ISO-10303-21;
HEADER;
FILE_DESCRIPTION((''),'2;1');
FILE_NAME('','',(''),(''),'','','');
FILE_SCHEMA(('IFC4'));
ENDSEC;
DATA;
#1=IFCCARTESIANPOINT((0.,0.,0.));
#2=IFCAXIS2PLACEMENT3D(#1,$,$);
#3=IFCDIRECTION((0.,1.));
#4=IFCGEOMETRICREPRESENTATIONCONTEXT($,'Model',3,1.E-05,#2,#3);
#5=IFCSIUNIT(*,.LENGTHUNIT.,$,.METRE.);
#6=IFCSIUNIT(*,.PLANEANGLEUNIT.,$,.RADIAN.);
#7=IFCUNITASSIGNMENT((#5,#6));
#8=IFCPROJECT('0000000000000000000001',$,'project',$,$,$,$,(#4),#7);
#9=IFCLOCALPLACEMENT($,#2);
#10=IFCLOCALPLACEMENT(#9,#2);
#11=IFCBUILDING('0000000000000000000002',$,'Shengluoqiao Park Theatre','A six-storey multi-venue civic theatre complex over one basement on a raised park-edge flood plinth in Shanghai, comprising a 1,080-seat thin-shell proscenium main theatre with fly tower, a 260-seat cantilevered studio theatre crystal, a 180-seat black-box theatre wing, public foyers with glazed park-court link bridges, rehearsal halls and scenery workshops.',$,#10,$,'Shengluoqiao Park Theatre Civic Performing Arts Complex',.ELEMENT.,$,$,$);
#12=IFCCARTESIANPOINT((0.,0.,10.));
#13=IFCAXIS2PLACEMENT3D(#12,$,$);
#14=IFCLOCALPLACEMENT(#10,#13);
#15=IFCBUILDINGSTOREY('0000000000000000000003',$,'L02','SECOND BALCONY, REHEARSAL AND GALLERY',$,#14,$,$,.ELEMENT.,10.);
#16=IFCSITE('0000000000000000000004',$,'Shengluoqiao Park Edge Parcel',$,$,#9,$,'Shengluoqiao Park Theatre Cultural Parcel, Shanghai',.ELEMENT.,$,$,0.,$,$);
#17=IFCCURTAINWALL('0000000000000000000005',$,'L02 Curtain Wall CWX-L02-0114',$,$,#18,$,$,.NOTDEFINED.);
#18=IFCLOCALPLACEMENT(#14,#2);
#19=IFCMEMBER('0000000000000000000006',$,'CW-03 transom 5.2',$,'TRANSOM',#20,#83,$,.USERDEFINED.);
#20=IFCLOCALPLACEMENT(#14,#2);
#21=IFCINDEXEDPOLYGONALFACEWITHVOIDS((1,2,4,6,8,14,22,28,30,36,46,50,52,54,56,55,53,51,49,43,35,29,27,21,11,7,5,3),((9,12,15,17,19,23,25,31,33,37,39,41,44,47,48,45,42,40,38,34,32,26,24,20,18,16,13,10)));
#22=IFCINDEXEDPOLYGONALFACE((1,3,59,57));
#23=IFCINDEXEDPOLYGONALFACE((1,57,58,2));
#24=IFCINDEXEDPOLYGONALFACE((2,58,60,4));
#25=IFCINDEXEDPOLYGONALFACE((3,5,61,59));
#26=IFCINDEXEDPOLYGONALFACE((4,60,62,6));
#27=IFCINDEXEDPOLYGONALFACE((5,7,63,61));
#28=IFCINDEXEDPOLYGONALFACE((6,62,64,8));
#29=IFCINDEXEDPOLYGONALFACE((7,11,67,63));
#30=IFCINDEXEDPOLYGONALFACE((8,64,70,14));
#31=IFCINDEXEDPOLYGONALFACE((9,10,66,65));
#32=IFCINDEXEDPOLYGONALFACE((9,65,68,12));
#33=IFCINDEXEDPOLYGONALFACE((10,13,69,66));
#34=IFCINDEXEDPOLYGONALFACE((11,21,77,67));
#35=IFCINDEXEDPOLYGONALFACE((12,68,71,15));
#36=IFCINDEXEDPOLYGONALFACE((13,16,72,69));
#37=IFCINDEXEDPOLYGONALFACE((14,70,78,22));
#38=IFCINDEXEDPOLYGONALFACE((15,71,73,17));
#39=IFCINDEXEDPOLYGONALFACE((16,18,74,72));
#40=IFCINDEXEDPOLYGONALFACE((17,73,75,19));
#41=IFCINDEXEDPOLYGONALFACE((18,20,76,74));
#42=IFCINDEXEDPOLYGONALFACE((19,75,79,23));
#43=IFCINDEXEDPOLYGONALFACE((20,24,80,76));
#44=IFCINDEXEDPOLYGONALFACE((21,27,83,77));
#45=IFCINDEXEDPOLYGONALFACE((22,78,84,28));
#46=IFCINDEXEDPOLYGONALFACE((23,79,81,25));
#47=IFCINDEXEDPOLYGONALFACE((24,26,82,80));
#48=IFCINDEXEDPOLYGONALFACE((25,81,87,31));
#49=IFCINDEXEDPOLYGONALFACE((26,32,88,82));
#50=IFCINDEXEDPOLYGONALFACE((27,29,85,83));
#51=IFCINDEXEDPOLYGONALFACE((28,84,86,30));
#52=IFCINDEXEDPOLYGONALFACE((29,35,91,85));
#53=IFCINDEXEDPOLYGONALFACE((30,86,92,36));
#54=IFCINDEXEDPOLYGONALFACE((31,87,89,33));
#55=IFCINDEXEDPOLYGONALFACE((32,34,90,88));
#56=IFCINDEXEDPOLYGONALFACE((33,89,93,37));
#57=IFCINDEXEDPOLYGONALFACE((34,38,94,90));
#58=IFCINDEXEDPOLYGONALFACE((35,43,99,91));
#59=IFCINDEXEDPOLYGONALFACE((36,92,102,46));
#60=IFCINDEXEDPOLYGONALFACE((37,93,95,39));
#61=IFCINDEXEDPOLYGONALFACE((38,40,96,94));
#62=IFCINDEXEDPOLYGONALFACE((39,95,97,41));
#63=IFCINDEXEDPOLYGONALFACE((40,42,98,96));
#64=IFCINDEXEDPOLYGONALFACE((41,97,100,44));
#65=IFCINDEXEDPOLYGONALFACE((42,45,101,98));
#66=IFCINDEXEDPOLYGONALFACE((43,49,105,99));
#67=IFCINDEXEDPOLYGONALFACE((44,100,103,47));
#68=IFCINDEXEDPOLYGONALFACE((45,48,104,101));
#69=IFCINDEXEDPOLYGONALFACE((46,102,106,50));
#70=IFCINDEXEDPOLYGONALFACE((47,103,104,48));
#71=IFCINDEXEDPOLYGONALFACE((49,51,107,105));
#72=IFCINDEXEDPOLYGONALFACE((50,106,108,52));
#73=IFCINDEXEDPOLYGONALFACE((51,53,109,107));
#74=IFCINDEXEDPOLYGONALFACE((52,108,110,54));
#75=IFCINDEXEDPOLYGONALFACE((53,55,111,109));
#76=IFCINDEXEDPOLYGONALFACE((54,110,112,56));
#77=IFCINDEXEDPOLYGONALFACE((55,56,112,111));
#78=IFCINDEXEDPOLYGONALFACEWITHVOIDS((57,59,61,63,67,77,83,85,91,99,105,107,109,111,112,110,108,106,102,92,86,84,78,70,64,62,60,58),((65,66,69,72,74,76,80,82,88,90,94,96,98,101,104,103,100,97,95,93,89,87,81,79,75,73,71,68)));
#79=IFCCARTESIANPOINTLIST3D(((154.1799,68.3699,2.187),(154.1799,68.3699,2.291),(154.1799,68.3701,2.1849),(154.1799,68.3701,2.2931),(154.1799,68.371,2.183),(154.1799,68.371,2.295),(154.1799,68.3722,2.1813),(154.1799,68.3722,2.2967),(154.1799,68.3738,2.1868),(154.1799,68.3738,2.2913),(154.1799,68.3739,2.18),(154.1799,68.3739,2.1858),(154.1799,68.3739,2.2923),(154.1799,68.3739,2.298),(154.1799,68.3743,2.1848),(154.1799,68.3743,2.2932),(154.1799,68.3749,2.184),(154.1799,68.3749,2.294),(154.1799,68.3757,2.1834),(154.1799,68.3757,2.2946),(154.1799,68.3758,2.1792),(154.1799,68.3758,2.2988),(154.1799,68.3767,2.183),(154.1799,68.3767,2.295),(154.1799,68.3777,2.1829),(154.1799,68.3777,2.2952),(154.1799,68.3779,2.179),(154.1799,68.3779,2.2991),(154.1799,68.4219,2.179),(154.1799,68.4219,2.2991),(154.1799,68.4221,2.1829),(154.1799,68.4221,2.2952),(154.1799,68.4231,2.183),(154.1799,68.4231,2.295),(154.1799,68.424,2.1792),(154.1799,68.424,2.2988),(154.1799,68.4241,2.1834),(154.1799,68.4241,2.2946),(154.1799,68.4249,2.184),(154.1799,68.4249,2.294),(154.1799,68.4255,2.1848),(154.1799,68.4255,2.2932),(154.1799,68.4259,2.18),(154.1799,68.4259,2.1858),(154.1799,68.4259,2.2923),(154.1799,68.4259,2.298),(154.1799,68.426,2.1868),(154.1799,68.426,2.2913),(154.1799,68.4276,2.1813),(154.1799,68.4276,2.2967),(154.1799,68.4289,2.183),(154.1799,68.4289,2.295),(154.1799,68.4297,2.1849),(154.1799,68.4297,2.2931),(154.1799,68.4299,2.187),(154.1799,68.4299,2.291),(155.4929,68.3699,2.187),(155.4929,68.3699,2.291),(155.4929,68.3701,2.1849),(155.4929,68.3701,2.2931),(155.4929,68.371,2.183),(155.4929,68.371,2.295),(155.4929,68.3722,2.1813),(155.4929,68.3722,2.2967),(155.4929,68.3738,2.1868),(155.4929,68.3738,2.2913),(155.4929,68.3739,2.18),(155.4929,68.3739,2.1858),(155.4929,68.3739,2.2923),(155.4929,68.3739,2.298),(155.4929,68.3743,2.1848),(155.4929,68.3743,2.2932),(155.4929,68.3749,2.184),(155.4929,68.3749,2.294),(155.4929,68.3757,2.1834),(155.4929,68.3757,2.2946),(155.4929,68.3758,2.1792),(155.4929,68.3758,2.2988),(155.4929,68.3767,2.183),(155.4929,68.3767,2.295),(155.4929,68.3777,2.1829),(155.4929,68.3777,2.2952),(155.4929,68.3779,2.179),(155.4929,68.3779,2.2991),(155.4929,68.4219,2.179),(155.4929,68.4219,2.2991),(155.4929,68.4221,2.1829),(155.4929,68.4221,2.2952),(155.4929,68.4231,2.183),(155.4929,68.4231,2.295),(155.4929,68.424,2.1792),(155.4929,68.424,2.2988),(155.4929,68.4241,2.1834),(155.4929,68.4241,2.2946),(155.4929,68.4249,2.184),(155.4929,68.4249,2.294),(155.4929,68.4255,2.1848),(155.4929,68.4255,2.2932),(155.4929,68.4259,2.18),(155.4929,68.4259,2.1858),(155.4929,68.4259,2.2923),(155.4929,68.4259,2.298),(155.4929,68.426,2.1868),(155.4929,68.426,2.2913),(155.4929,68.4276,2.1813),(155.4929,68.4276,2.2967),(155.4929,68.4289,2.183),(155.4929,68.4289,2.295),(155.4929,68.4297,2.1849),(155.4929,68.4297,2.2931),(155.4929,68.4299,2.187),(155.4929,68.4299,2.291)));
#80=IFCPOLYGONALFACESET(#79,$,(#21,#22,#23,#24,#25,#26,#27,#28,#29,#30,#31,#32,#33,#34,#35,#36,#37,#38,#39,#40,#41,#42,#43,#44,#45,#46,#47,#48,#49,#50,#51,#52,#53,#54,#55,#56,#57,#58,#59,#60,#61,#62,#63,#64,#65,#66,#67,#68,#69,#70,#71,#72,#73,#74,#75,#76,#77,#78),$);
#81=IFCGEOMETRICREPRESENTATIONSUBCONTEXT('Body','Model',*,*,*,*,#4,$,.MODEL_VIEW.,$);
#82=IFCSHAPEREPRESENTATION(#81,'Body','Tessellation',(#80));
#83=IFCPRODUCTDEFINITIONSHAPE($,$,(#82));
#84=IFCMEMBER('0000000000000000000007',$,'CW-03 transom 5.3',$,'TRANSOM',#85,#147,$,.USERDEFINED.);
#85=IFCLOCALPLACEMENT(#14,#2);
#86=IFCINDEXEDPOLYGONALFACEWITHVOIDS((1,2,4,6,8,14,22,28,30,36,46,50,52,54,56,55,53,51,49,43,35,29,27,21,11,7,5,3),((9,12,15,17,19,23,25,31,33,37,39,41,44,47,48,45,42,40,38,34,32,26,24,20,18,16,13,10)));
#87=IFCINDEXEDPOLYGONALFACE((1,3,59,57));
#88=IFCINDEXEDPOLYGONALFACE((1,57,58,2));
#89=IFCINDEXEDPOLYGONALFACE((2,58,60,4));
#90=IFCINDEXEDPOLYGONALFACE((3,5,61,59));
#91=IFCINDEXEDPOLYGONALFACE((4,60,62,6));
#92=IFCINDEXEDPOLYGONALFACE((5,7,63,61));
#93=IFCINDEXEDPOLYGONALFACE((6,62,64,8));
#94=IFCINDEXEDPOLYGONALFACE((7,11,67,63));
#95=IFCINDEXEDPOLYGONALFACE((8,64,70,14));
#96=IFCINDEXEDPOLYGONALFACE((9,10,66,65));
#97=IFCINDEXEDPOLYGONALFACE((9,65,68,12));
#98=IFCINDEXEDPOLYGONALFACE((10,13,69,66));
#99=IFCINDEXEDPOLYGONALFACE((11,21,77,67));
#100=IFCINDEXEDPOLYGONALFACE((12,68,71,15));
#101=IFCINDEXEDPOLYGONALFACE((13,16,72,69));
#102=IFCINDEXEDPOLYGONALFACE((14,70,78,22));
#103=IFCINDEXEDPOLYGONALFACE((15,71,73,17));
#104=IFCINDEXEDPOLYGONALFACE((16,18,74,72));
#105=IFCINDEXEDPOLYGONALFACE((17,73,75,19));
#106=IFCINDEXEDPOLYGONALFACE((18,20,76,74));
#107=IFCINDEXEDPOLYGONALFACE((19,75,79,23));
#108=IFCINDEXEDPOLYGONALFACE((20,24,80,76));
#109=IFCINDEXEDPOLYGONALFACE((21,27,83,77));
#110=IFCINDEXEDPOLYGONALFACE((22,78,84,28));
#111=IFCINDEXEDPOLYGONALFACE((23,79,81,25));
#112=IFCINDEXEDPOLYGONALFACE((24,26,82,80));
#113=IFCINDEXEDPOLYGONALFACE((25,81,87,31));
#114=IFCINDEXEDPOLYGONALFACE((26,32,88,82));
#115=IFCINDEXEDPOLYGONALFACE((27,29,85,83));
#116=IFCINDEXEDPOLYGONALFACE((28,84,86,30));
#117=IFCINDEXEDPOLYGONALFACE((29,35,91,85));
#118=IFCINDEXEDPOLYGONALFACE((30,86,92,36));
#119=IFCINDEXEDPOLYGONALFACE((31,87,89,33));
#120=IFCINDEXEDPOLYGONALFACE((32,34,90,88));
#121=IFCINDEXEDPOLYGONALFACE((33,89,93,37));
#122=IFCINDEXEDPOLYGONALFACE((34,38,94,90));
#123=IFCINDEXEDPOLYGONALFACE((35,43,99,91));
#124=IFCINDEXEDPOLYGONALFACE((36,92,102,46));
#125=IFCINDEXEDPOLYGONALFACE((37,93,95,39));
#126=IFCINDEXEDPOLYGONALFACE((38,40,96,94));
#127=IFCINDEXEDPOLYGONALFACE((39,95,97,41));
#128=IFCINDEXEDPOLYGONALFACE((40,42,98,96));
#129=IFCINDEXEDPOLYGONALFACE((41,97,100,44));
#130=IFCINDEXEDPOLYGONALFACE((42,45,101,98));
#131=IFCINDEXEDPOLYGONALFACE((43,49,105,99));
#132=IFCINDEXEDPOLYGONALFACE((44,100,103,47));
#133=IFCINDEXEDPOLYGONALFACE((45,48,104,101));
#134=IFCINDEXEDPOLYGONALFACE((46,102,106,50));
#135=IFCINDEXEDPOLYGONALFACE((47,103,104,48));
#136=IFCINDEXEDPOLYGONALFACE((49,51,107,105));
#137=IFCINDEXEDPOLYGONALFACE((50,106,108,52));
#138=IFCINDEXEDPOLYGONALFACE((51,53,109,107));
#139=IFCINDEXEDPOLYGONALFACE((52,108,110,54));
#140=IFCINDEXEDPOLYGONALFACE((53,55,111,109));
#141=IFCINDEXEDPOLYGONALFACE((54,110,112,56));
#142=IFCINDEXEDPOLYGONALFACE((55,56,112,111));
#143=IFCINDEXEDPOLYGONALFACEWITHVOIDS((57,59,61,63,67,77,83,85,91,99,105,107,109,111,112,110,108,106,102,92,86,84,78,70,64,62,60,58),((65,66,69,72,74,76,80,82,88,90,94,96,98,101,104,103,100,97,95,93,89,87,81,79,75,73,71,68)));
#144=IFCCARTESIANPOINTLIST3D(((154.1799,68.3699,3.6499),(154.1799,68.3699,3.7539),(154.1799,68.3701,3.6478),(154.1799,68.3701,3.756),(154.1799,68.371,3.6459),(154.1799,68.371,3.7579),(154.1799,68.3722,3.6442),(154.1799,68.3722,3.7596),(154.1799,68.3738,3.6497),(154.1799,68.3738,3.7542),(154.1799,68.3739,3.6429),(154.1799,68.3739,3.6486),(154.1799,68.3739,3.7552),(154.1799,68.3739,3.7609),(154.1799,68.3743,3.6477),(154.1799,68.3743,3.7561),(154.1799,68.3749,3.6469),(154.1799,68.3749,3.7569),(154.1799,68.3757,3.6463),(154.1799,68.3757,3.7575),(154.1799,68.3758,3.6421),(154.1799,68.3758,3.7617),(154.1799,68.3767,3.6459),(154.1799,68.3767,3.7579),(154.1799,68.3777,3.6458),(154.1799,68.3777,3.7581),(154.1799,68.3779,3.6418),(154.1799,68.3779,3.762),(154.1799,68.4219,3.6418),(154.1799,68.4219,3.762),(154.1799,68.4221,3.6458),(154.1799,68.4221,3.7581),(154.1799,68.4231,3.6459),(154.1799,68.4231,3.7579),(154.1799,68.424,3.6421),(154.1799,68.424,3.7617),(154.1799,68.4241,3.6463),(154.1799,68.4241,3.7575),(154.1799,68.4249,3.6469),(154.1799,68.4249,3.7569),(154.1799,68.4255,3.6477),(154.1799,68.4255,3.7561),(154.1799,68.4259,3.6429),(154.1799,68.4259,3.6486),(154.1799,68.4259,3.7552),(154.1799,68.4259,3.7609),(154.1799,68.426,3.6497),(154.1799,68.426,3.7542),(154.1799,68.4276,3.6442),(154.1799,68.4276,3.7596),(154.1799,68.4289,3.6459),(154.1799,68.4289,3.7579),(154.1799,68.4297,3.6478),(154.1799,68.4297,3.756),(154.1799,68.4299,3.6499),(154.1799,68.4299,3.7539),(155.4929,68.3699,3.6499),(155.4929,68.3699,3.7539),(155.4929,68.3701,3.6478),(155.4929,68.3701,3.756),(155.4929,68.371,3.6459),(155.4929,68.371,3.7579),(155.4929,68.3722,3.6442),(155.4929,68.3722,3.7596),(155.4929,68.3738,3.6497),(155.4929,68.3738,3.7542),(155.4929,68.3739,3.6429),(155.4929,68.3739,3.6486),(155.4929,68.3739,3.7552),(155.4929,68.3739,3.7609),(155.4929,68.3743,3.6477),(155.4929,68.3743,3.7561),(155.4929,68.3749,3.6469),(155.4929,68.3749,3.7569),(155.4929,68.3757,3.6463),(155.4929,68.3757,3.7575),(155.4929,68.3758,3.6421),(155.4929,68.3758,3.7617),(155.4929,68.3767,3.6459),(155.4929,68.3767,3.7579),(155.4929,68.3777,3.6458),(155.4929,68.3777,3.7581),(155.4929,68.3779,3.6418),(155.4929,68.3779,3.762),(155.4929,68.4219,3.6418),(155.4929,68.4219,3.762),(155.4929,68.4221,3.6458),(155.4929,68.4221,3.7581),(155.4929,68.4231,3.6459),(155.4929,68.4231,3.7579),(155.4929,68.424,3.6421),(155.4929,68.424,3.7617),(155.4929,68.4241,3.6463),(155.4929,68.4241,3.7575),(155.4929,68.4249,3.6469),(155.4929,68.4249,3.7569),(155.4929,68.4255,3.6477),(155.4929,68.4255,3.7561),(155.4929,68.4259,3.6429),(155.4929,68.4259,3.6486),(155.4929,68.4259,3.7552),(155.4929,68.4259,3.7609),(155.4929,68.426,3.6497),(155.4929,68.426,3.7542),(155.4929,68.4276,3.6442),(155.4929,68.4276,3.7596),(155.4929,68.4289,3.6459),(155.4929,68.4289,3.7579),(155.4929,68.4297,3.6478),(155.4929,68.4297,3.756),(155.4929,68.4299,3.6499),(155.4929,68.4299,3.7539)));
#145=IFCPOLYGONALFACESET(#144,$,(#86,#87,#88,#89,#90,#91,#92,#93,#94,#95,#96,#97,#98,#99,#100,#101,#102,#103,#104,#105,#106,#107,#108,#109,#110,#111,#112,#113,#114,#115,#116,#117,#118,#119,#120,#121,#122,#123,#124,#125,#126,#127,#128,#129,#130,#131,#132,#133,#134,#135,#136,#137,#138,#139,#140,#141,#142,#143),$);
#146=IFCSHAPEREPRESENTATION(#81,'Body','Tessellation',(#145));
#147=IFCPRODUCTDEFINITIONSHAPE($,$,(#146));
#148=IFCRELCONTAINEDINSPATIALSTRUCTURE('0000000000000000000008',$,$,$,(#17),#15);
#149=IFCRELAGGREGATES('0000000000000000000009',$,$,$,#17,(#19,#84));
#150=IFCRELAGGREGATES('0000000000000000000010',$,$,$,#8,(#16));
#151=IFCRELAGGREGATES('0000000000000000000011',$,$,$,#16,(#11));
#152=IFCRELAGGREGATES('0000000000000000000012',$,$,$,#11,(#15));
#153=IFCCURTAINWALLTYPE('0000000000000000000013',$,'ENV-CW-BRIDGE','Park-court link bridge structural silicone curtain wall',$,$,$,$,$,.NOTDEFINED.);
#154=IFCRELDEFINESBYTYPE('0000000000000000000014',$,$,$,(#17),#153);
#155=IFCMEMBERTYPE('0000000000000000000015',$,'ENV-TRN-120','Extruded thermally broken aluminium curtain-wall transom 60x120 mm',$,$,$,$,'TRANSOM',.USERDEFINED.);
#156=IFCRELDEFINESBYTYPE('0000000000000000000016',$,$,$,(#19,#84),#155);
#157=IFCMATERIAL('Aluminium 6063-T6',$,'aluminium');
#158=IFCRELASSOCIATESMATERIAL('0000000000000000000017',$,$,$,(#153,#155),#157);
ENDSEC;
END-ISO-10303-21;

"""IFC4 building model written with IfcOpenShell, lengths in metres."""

from ifc_helpers import new_model, si_unit, direction, frame, origin, origin_2d, place, context, subcontext, project, spatial, hollow_rectangle, extrude, material, material_profile, profile_set, type_object, element, aggregate, save


model = new_model("IFC4")

# Units and contexts
model_context = context("Model", 3, precision=1e-05, world=origin(), true_north=direction((0.0, 1.0)))
body_context = subcontext(model_context, "Body", "Model", "MODEL_VIEW")
ifc_project = project(units=[si_unit("LENGTHUNIT", "METRE"), si_unit("PLANEANGLEUNIT", "RADIAN")], contexts=[model_context])

# Site, building, storey
site_placement = place(None, origin())
site = spatial("IfcSite", under=ifc_project, at=site_placement, Name="Shengluoqiao Park Edge Parcel", LongName="Shengluoqiao Park Theatre Cultural Parcel, Shanghai", CompositionType="ELEMENT", RefElevation=0.0)
building_placement = place(site_placement, origin())
building = spatial("IfcBuilding", under=site, at=building_placement, Name="Shengluoqiao Park Theatre", Description="A six-storey multi-venue civic theatre complex over one basement on a raised park-edge flood plinth in Shanghai, comprising a 1,080-seat thin-shell proscenium main theatre with fly tower, a 260-seat cantilevered studio theatre crystal, a 180-seat black-box theatre wing, public foyers with glazed park-court link bridges, rehearsal halls and scenery workshops.", LongName="Shengluoqiao Park Theatre Civic Performing Arts Complex", CompositionType="ELEMENT")
storey_placement = place(building_placement, frame((0.0, 0.0, 10.0)))
storey = spatial("IfcBuildingStorey", under=building, at=storey_placement, Name="L02", Description="SECOND BALCONY, REHEARSAL AND GALLERY", CompositionType="ELEMENT", Elevation=10.0)

# Curtain wall, members
ifc_material_1 = material(Name="Aluminium 6063-T6", Category="aluminium")
curtain_wall_type = type_object("IfcCurtainWallType", Name="ENV-CW-BRIDGE", Description="Park-court link bridge structural silicone curtain wall", PredefinedType="NOTDEFINED", material=ifc_material_1)
curtain_wall_placement = place(storey_placement, origin())
curtain_wall = element("IfcCurtainWall", 1, at=curtain_wall_placement, inside=storey, type_object=curtain_wall_type, Name="L02 Curtain Wall CWX-L02-0114", PredefinedType="NOTDEFINED")
ifc_material_profile_1 = material_profile(ifc_material_1, hollow_rectangle(XDim=0.0601, YDim=0.1201, WallThickness=0.0039, InnerFilletRadius=0.0039, OuterFilletRadius=0.0081, at=origin_2d()), Name="ALU TRANSOM 120x60x4")
ifc_profile_set_1 = profile_set([ifc_material_profile_1], Name="Aluminium 6063-T6")
member_type_1 = type_object("IfcMemberType", Name="ENV-TRN-120", Description="Extruded thermally broken aluminium curtain-wall transom 60x120 mm", ElementType="TRANSOM", PredefinedType="USERDEFINED", material=ifc_profile_set_1)
member_1_placement = place(storey_placement, frame((154.1799, 68.3999, 2.239), z_axis=(1.0, 0.0, 0.0), x_axis=(0.0, 1.0, 0.0)))
member_1 = element("IfcMember", 2, at=member_1_placement, type_object=member_type_1, Name="CW-03 transom 5.2", ObjectType="TRANSOM", PredefinedType="USERDEFINED", context=body_context, shape_type="SweptSolid", body=[
    extrude(hollow_rectangle(XDim=0.0601, YDim=0.1201, WallThickness=0.0039, InnerFilletRadius=0.0039, OuterFilletRadius=0.0081, at=origin_2d()), origin(), (0.0, 0.0, 1.0), 1.313),
])
member_2_placement = place(storey_placement, frame((154.1799, 68.3999, 3.7019), z_axis=(1.0, 0.0, 0.0), x_axis=(0.0, 1.0, 0.0)))
member_2 = element("IfcMember", 3, at=member_2_placement, type_object=member_type_1, Name="CW-03 transom 5.3", ObjectType="TRANSOM", PredefinedType="USERDEFINED", context=body_context, shape_type="SweptSolid", body=[
    extrude(hollow_rectangle(XDim=0.0601, YDim=0.1201, WallThickness=0.0039, InnerFilletRadius=0.0039, OuterFilletRadius=0.0081, at=origin_2d()), origin(), (0.0, 0.0, 1.0), 1.313),
])

aggregate(curtain_wall, [member_1, member_2])

save(model, "model.ifc")
